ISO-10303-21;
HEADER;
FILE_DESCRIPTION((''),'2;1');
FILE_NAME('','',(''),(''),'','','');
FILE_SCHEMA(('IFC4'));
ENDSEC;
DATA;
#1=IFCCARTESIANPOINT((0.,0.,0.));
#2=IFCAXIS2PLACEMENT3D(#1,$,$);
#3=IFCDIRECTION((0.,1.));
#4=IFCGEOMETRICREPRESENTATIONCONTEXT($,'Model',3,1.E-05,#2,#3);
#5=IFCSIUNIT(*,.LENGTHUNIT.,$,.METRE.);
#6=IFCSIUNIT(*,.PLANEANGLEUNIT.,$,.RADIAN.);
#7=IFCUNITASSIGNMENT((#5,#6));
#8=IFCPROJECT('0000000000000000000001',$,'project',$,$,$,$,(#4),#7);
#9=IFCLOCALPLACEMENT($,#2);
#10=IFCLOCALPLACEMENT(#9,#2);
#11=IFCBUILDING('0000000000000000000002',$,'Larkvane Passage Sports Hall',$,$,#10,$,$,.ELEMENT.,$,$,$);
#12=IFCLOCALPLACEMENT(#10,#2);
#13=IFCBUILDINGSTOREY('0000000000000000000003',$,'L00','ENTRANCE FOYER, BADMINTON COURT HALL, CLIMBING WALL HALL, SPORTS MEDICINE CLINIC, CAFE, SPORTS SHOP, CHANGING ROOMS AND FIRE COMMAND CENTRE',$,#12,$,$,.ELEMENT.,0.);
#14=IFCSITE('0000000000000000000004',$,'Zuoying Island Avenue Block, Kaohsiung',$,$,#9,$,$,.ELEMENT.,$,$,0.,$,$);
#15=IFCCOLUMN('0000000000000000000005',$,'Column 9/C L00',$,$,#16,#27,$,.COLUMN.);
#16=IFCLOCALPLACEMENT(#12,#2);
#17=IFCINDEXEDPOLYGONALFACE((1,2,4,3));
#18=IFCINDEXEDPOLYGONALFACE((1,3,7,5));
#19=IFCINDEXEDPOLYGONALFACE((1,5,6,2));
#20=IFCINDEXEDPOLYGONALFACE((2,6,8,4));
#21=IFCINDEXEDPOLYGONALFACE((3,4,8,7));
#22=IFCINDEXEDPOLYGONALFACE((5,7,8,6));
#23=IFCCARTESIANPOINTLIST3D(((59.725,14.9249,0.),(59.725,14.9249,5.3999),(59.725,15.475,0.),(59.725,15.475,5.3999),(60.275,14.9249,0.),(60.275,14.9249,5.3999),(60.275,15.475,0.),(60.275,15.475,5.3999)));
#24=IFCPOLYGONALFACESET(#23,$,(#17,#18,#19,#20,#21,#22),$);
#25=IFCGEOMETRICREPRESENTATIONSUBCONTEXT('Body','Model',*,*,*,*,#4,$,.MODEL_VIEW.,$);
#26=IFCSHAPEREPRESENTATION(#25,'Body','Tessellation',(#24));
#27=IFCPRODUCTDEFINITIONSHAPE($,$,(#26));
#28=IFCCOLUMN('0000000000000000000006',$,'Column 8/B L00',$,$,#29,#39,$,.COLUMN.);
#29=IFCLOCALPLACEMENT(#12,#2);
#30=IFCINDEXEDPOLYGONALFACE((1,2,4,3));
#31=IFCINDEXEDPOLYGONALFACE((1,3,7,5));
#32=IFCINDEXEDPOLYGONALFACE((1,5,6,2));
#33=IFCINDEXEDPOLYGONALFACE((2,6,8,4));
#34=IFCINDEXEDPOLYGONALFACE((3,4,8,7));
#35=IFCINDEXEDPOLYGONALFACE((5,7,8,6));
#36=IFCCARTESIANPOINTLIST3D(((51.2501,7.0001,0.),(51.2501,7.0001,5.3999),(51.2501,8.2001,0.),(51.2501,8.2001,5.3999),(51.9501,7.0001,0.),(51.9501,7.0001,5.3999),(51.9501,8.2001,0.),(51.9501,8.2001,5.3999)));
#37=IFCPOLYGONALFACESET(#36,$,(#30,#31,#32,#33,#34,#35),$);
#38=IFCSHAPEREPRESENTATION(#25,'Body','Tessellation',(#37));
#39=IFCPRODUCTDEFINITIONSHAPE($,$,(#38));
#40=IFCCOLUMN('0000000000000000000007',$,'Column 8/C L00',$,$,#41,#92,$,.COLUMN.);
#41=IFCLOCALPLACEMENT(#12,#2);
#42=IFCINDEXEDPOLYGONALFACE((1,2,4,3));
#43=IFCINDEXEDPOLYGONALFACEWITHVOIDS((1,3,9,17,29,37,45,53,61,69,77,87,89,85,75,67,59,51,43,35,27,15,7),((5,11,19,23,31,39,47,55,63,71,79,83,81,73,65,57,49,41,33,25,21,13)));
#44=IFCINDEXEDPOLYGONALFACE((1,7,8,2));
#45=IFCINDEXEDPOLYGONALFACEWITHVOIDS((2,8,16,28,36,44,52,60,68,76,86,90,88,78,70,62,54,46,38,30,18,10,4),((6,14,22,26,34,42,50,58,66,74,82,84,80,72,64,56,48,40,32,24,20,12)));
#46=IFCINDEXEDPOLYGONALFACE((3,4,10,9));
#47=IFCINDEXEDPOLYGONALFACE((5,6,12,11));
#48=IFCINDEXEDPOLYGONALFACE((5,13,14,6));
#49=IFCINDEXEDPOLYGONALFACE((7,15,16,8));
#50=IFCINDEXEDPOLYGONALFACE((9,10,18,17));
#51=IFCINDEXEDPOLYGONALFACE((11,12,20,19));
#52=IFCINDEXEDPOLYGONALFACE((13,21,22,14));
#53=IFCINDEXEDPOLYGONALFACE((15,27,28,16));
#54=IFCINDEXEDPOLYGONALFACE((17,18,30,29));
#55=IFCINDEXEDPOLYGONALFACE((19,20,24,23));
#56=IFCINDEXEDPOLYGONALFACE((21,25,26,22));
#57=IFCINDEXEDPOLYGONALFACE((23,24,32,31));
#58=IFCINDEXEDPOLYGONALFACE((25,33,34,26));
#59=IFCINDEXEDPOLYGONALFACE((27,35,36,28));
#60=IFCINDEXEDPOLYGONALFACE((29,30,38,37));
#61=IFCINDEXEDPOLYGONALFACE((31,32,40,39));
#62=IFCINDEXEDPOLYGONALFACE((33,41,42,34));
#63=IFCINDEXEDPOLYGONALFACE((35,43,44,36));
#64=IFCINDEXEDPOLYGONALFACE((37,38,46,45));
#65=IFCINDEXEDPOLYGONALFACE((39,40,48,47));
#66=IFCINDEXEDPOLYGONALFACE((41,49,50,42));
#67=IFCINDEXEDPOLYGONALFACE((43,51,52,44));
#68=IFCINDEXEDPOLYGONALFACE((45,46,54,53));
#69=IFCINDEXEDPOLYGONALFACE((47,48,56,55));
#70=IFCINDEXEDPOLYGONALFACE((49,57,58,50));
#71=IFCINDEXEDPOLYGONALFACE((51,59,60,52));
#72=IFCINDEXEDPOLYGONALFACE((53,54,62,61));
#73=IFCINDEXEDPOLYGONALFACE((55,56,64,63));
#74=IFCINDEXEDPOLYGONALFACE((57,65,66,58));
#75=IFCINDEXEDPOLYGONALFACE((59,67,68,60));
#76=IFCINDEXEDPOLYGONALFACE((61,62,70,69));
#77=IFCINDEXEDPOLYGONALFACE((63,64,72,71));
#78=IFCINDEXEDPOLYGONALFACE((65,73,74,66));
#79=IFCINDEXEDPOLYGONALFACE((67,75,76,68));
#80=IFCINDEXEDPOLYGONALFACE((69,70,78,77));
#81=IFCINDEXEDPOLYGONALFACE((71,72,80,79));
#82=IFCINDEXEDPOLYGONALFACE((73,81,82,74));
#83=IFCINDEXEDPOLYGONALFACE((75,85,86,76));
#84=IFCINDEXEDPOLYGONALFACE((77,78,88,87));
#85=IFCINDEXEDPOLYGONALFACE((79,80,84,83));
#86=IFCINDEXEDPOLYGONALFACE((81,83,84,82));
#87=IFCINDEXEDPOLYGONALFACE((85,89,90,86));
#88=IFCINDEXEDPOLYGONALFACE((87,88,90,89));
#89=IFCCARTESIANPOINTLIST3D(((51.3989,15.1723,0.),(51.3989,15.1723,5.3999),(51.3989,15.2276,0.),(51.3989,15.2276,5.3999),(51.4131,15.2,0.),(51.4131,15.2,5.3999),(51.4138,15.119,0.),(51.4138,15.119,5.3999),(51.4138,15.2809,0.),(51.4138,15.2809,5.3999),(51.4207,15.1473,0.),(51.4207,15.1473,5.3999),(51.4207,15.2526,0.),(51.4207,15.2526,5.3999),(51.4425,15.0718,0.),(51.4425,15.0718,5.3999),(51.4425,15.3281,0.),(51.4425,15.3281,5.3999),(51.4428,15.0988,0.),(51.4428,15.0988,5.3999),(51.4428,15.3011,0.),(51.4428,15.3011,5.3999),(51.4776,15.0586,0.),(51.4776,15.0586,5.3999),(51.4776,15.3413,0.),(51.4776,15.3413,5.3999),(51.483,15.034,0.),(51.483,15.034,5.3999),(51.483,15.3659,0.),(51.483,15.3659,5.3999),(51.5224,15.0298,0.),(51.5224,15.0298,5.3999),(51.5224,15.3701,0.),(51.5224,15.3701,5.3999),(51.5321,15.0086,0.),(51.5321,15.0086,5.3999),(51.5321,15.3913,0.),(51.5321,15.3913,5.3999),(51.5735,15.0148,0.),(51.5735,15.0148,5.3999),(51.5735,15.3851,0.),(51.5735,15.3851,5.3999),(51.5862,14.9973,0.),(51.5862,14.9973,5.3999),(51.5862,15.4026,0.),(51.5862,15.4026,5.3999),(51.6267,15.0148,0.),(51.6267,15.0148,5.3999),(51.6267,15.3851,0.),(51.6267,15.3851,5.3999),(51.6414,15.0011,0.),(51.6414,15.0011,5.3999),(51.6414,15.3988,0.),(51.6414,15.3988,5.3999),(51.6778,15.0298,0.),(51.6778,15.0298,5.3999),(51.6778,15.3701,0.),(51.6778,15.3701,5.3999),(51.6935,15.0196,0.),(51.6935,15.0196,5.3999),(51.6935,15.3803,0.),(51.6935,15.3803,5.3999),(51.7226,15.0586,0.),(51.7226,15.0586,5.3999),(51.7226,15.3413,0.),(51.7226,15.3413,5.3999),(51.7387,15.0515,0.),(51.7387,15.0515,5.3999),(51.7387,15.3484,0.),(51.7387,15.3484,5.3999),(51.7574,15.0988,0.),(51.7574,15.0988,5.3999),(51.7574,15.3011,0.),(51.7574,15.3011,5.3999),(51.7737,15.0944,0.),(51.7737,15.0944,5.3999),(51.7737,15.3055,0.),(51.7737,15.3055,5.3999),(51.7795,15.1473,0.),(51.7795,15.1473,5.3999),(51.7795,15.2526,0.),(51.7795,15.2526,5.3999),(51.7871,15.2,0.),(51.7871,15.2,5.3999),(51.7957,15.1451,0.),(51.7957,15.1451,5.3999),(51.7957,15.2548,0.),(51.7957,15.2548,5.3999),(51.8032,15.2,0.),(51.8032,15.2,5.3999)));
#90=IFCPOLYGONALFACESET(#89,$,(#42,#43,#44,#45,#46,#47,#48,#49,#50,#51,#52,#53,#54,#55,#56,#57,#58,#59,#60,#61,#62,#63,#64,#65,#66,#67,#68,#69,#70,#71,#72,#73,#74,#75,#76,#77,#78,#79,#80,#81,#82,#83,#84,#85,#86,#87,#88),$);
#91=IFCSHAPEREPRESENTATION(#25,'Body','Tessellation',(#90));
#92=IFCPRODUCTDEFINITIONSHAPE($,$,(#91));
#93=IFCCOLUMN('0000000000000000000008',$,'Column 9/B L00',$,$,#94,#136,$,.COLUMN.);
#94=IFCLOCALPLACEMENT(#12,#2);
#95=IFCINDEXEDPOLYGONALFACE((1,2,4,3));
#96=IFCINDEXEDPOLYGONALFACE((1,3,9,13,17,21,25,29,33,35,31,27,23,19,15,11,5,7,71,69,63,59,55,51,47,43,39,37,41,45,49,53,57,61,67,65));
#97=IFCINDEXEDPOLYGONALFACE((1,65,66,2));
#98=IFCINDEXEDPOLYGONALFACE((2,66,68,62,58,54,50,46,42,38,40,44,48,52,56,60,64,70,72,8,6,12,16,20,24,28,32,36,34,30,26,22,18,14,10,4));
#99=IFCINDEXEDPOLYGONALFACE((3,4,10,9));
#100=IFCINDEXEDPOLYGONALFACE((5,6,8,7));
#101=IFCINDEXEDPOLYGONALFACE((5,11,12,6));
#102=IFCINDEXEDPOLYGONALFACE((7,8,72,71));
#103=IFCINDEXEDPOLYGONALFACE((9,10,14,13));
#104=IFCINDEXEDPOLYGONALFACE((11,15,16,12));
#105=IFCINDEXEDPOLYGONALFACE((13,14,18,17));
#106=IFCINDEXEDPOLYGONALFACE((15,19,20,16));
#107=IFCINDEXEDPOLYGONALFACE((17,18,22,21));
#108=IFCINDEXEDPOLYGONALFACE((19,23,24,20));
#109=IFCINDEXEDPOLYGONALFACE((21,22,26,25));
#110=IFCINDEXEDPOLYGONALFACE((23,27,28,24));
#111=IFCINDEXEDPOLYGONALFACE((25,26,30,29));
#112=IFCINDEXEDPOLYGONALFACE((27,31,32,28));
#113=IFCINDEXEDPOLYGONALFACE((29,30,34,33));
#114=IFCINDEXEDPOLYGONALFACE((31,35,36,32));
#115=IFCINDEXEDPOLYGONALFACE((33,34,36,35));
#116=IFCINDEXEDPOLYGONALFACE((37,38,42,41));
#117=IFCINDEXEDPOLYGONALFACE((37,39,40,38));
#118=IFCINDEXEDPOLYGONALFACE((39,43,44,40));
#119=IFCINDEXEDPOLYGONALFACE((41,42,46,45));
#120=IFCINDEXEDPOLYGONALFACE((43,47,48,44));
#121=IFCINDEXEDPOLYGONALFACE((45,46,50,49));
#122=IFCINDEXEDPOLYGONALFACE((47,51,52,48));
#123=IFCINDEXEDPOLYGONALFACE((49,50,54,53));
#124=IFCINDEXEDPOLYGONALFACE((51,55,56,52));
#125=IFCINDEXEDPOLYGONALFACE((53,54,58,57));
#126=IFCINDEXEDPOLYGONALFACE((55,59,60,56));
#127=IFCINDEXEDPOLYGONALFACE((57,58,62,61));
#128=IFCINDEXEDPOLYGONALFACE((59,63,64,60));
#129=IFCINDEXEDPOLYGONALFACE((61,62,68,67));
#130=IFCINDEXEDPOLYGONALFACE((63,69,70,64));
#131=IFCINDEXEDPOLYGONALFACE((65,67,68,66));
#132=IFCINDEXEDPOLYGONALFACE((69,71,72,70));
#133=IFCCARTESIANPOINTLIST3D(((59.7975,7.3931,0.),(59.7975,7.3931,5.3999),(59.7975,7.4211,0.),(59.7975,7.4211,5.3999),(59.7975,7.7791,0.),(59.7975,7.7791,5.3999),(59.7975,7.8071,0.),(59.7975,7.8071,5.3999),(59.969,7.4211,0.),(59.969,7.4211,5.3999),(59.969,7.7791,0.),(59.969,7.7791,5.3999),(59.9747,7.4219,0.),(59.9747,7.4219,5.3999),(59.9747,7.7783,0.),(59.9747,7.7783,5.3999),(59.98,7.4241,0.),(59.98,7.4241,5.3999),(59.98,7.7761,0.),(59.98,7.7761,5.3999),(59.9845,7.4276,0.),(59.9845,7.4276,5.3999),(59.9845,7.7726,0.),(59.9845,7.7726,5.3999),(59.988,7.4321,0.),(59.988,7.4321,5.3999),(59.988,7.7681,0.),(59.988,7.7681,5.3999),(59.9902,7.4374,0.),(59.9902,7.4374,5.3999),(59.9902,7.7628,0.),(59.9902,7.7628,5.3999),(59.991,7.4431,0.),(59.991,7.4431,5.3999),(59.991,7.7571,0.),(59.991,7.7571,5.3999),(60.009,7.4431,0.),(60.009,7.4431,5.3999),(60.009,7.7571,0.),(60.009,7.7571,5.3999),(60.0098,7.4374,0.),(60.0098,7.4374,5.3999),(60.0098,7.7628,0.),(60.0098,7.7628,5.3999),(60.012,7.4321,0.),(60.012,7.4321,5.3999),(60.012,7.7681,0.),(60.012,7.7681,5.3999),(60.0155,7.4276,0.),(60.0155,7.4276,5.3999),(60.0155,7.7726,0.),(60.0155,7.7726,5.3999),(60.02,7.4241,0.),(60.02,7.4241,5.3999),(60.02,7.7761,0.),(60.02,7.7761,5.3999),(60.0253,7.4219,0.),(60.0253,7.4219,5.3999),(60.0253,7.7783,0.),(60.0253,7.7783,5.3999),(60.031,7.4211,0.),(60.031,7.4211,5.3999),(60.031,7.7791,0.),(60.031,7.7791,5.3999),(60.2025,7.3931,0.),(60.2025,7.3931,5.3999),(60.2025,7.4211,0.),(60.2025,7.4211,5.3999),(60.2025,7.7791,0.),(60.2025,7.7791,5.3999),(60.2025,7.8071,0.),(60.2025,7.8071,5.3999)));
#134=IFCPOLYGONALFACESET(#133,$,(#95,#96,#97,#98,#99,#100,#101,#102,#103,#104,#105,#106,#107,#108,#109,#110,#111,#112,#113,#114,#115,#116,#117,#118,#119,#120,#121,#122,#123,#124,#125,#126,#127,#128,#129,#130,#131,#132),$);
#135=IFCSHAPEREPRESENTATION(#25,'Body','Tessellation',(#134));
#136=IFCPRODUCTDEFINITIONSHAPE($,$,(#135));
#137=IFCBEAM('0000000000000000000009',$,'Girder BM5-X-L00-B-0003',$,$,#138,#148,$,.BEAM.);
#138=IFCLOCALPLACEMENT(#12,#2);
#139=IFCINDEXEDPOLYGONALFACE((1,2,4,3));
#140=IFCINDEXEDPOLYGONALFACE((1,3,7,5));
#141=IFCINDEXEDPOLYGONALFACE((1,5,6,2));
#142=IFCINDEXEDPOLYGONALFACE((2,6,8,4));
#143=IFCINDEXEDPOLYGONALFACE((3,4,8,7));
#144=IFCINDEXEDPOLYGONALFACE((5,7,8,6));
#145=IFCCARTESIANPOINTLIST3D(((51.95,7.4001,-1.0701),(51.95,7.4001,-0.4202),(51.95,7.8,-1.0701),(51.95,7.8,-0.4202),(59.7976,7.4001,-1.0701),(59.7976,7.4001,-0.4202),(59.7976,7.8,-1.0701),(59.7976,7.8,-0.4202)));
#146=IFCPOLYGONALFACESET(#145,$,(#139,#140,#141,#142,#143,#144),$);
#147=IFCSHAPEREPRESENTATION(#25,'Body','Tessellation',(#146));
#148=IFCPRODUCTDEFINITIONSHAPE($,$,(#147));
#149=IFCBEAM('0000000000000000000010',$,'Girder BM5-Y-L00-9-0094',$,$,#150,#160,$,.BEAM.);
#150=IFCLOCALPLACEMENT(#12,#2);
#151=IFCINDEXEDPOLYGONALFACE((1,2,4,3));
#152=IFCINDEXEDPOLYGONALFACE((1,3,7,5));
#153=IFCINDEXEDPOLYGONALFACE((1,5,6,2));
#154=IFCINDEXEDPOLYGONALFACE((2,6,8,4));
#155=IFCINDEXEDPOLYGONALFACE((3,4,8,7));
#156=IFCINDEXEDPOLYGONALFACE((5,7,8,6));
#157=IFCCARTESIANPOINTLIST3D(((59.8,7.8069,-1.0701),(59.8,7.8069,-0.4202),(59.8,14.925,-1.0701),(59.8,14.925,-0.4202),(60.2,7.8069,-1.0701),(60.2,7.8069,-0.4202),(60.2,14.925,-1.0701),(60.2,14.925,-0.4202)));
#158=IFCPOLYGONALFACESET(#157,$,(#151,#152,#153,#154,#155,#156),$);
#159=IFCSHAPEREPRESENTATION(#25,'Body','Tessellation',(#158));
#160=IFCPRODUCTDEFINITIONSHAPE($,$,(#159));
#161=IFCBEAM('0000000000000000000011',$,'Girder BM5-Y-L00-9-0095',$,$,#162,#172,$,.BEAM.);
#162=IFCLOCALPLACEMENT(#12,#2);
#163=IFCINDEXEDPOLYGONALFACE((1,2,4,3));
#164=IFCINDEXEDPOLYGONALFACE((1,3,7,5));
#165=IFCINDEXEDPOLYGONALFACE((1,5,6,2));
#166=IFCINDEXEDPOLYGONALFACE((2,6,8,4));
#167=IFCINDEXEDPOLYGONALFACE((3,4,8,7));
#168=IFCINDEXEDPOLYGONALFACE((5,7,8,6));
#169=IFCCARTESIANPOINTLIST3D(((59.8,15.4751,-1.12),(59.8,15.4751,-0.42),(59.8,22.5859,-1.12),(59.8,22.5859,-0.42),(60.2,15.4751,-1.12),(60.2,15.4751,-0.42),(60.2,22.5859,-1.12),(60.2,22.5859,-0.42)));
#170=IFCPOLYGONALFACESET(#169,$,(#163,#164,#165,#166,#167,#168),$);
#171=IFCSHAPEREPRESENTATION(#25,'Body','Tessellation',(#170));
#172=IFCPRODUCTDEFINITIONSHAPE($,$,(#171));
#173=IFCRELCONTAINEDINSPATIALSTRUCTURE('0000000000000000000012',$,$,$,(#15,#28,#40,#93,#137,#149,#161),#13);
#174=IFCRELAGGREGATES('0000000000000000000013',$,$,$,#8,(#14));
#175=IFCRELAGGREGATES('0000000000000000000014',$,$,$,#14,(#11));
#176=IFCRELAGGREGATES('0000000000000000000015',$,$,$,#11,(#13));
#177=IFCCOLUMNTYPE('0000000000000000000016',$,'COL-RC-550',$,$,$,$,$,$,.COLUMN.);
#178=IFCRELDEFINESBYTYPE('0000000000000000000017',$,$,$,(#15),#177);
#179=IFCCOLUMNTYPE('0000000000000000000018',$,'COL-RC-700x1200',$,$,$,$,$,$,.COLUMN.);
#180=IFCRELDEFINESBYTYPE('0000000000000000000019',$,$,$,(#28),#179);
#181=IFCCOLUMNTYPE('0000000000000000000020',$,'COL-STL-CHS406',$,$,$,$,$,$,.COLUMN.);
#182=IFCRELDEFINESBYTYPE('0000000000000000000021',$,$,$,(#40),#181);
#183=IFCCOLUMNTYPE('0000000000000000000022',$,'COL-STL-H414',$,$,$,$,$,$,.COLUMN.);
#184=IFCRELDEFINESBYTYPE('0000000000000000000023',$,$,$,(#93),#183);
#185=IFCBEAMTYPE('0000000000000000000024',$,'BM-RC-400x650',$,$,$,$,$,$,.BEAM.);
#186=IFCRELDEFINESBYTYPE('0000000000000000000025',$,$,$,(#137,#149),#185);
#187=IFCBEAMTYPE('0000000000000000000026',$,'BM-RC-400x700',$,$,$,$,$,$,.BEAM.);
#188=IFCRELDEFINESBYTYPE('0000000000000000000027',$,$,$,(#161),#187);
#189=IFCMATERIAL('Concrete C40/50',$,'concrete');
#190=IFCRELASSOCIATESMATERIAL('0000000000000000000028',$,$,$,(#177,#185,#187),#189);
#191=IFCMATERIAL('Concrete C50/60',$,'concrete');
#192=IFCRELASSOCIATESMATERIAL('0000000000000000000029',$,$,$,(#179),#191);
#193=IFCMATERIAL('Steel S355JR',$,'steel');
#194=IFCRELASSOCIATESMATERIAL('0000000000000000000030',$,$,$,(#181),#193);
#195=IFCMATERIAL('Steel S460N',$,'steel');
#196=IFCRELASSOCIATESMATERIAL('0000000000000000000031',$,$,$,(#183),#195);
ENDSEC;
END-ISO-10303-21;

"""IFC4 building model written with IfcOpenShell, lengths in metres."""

from ifc_helpers import new_model, si_unit, direction, frame, origin, origin_2d, place, context, subcontext, project, spatial, rectangle, hollow_circle, i_section, extrude, material, material_profile, profile_set, type_object, element, save


model = new_model("IFC4")

# Units and contexts
model_context = context("Model", 3, precision=1e-05, world=origin(), true_north=direction((0.0, 1.0)))
body_context = subcontext(model_context, "Body", "Model", "MODEL_VIEW")
ifc_project = project(units=[si_unit("LENGTHUNIT", "METRE"), si_unit("PLANEANGLEUNIT", "RADIAN")], contexts=[model_context])

# Site, building, storey
site_placement = place(None, origin())
site = spatial("IfcSite", under=ifc_project, at=site_placement, Name="Zuoying Island Avenue Block, Kaohsiung", CompositionType="ELEMENT", RefElevation=0.0)
building_placement = place(site_placement, origin())
building = spatial("IfcBuilding", under=site, at=building_placement, Name="Larkvane Passage Sports Hall", CompositionType="ELEMENT")
storey_placement = place(building_placement, origin())
storey = spatial("IfcBuildingStorey", under=building, at=storey_placement, Name="L00", Description="ENTRANCE FOYER, BADMINTON COURT HALL, CLIMBING WALL HALL, SPORTS MEDICINE CLINIC, CAFE, SPORTS SHOP, CHANGING ROOMS AND FIRE COMMAND CENTRE", CompositionType="ELEMENT", Elevation=0.0)

# Columns
ifc_material_1 = material(Name="Concrete C40/50", Category="concrete")
ifc_material_profile_1 = material_profile(ifc_material_1, rectangle(XDim=0.55, YDim=0.55, at=origin_2d()), Name="RC-COL-550x550")
ifc_profile_set_1 = profile_set([ifc_material_profile_1], Name="Concrete C40/50")
column_type_1 = type_object("IfcColumnType", Name="COL-RC-550", PredefinedType="COLUMN", material=ifc_profile_set_1)
column_1_placement = place(storey_placement, frame((60.0, 15.2, 0.0), z_axis=(0.0, 0.0, 1.0), x_axis=(1.0, 0.0, 0.0)))
element("IfcColumn", 1, at=column_1_placement, inside=storey, type_object=column_type_1, Name="Column 9/C L00", PredefinedType="COLUMN", context=body_context, shape_type="SweptSolid", body=[
    extrude(rectangle(XDim=0.55, YDim=0.55, at=origin_2d()), origin(), (0.0, 0.0, 1.0), 5.3999),
])
ifc_material_2 = material(Name="Concrete C50/60", Category="concrete")
ifc_material_profile_2 = material_profile(ifc_material_2, rectangle(XDim=0.7, YDim=1.2, at=origin_2d()), Name="RC-COL-700x1200")
ifc_profile_set_2 = profile_set([ifc_material_profile_2], Name="Concrete C50/60")
column_type_2 = type_object("IfcColumnType", Name="COL-RC-700x1200", PredefinedType="COLUMN", material=ifc_profile_set_2)
column_2_placement = place(storey_placement, frame((51.6001, 7.6001, 0.0), z_axis=(0.0, 0.0, 1.0), x_axis=(1.0, 0.0, 0.0)))
element("IfcColumn", 2, at=column_2_placement, inside=storey, type_object=column_type_2, Name="Column 8/B L00", PredefinedType="COLUMN", context=body_context, shape_type="SweptSolid", body=[
    extrude(rectangle(XDim=0.7, YDim=1.2, at=origin_2d()), origin(), (0.0, 0.0, 1.0), 5.3999),
])
ifc_material_3 = material(Name="Steel S355JR", Category="steel")
ifc_material_profile_3 = material_profile(ifc_material_3, hollow_circle(Radius=0.2031, WallThickness=0.0161, at=origin_2d()), Name="CHS-406.4x16.0")
ifc_profile_set_3 = profile_set([ifc_material_profile_3], Name="Steel S355JR")
column_type_3 = type_object("IfcColumnType", Name="COL-STL-CHS406", PredefinedType="COLUMN", material=ifc_profile_set_3)
column_3_placement = place(storey_placement, frame((51.6001, 15.2, 0.0), z_axis=(0.0, 0.0, 1.0), x_axis=(1.0, 0.0, 0.0)))
element("IfcColumn", 3, at=column_3_placement, inside=storey, type_object=column_type_3, Name="Column 8/C L00", PredefinedType="COLUMN", context=body_context, shape_type="SweptSolid", body=[
    extrude(hollow_circle(Radius=0.2031, WallThickness=0.0161, at=origin_2d()), origin(), (0.0, 0.0, 1.0), 5.3999),
])
ifc_material_4 = material(Name="Steel S460N", Category="steel")
ifc_material_profile_4 = material_profile(ifc_material_4, i_section(OverallWidth=0.405, OverallDepth=0.4141, WebThickness=0.0181, FlangeThickness=0.0281, FilletRadius=0.022, at=origin_2d()), Name="H-414x405x18x28")
ifc_profile_set_4 = profile_set([ifc_material_profile_4], Name="Steel S460N")
column_type_4 = type_object("IfcColumnType", Name="COL-STL-H414", PredefinedType="COLUMN", material=ifc_profile_set_4)
column_4_placement = place(storey_placement, frame((60.0, 7.6001, 0.0), z_axis=(0.0, 0.0, 1.0), x_axis=(1.0, 0.0, 0.0)))
element("IfcColumn", 4, at=column_4_placement, inside=storey, type_object=column_type_4, Name="Column 9/B L00", PredefinedType="COLUMN", context=body_context, shape_type="SweptSolid", body=[
    extrude(i_section(OverallWidth=0.405, OverallDepth=0.4141, WebThickness=0.0181, FlangeThickness=0.0281, FilletRadius=0.022, at=origin_2d()), origin(), (0.0, 0.0, 1.0), 5.3999),
])

# Beams
ifc_material_profile_5 = material_profile(ifc_material_1, rectangle(XDim=0.3999, YDim=0.6499, at=origin_2d()), Name="RC-BM-400x650")
ifc_profile_set_5 = profile_set([ifc_material_profile_5], Name="Concrete C40/50")
beam_type_1 = type_object("IfcBeamType", Name="BM-RC-400x650", PredefinedType="BEAM", material=ifc_profile_set_5)
beam_1_placement = place(storey_placement, frame((51.95, 7.6001, -0.7451), z_axis=(1.0, 0.0, 0.0), x_axis=(0.0, 1.0, 0.0)))
element("IfcBeam", 5, at=beam_1_placement, inside=storey, type_object=beam_type_1, Name="Girder BM5-X-L00-B-0003", PredefinedType="BEAM", context=body_context, shape_type="SweptSolid", body=[
    extrude(rectangle(XDim=0.3999, YDim=0.6499, at=origin_2d()), origin(), (0.0, 0.0, 1.0), 7.8477),
])
beam_2_placement = place(storey_placement, frame((60.0, 7.8069, -0.7451), z_axis=(0.0, 1.0, 0.0), x_axis=(-1.0, 0.0, 0.0)))
element("IfcBeam", 6, at=beam_2_placement, inside=storey, type_object=beam_type_1, Name="Girder BM5-Y-L00-9-0094", PredefinedType="BEAM", context=body_context, shape_type="SweptSolid", body=[
    extrude(rectangle(XDim=0.3999, YDim=0.6499, at=origin_2d()), origin(), (0.0, 0.0, 1.0), 7.1182),
])
ifc_material_profile_6 = material_profile(ifc_material_1, rectangle(XDim=0.3999, YDim=0.7, at=origin_2d()), Name="RC-BM-400x700")
ifc_profile_set_6 = profile_set([ifc_material_profile_6], Name="Concrete C40/50")
beam_type_2 = type_object("IfcBeamType", Name="BM-RC-400x700", PredefinedType="BEAM", material=ifc_profile_set_6)
beam_3_placement = place(storey_placement, frame((60.0, 15.4751, -0.77), z_axis=(0.0, 1.0, 0.0), x_axis=(-1.0, 0.0, 0.0)))
element("IfcBeam", 7, at=beam_3_placement, inside=storey, type_object=beam_type_2, Name="Girder BM5-Y-L00-9-0095", PredefinedType="BEAM", context=body_context, shape_type="SweptSolid", body=[
    extrude(rectangle(XDim=0.3999, YDim=0.7, at=origin_2d()), origin(), (0.0, 0.0, 1.0), 7.1108),
])

save(model, "model.ifc")
